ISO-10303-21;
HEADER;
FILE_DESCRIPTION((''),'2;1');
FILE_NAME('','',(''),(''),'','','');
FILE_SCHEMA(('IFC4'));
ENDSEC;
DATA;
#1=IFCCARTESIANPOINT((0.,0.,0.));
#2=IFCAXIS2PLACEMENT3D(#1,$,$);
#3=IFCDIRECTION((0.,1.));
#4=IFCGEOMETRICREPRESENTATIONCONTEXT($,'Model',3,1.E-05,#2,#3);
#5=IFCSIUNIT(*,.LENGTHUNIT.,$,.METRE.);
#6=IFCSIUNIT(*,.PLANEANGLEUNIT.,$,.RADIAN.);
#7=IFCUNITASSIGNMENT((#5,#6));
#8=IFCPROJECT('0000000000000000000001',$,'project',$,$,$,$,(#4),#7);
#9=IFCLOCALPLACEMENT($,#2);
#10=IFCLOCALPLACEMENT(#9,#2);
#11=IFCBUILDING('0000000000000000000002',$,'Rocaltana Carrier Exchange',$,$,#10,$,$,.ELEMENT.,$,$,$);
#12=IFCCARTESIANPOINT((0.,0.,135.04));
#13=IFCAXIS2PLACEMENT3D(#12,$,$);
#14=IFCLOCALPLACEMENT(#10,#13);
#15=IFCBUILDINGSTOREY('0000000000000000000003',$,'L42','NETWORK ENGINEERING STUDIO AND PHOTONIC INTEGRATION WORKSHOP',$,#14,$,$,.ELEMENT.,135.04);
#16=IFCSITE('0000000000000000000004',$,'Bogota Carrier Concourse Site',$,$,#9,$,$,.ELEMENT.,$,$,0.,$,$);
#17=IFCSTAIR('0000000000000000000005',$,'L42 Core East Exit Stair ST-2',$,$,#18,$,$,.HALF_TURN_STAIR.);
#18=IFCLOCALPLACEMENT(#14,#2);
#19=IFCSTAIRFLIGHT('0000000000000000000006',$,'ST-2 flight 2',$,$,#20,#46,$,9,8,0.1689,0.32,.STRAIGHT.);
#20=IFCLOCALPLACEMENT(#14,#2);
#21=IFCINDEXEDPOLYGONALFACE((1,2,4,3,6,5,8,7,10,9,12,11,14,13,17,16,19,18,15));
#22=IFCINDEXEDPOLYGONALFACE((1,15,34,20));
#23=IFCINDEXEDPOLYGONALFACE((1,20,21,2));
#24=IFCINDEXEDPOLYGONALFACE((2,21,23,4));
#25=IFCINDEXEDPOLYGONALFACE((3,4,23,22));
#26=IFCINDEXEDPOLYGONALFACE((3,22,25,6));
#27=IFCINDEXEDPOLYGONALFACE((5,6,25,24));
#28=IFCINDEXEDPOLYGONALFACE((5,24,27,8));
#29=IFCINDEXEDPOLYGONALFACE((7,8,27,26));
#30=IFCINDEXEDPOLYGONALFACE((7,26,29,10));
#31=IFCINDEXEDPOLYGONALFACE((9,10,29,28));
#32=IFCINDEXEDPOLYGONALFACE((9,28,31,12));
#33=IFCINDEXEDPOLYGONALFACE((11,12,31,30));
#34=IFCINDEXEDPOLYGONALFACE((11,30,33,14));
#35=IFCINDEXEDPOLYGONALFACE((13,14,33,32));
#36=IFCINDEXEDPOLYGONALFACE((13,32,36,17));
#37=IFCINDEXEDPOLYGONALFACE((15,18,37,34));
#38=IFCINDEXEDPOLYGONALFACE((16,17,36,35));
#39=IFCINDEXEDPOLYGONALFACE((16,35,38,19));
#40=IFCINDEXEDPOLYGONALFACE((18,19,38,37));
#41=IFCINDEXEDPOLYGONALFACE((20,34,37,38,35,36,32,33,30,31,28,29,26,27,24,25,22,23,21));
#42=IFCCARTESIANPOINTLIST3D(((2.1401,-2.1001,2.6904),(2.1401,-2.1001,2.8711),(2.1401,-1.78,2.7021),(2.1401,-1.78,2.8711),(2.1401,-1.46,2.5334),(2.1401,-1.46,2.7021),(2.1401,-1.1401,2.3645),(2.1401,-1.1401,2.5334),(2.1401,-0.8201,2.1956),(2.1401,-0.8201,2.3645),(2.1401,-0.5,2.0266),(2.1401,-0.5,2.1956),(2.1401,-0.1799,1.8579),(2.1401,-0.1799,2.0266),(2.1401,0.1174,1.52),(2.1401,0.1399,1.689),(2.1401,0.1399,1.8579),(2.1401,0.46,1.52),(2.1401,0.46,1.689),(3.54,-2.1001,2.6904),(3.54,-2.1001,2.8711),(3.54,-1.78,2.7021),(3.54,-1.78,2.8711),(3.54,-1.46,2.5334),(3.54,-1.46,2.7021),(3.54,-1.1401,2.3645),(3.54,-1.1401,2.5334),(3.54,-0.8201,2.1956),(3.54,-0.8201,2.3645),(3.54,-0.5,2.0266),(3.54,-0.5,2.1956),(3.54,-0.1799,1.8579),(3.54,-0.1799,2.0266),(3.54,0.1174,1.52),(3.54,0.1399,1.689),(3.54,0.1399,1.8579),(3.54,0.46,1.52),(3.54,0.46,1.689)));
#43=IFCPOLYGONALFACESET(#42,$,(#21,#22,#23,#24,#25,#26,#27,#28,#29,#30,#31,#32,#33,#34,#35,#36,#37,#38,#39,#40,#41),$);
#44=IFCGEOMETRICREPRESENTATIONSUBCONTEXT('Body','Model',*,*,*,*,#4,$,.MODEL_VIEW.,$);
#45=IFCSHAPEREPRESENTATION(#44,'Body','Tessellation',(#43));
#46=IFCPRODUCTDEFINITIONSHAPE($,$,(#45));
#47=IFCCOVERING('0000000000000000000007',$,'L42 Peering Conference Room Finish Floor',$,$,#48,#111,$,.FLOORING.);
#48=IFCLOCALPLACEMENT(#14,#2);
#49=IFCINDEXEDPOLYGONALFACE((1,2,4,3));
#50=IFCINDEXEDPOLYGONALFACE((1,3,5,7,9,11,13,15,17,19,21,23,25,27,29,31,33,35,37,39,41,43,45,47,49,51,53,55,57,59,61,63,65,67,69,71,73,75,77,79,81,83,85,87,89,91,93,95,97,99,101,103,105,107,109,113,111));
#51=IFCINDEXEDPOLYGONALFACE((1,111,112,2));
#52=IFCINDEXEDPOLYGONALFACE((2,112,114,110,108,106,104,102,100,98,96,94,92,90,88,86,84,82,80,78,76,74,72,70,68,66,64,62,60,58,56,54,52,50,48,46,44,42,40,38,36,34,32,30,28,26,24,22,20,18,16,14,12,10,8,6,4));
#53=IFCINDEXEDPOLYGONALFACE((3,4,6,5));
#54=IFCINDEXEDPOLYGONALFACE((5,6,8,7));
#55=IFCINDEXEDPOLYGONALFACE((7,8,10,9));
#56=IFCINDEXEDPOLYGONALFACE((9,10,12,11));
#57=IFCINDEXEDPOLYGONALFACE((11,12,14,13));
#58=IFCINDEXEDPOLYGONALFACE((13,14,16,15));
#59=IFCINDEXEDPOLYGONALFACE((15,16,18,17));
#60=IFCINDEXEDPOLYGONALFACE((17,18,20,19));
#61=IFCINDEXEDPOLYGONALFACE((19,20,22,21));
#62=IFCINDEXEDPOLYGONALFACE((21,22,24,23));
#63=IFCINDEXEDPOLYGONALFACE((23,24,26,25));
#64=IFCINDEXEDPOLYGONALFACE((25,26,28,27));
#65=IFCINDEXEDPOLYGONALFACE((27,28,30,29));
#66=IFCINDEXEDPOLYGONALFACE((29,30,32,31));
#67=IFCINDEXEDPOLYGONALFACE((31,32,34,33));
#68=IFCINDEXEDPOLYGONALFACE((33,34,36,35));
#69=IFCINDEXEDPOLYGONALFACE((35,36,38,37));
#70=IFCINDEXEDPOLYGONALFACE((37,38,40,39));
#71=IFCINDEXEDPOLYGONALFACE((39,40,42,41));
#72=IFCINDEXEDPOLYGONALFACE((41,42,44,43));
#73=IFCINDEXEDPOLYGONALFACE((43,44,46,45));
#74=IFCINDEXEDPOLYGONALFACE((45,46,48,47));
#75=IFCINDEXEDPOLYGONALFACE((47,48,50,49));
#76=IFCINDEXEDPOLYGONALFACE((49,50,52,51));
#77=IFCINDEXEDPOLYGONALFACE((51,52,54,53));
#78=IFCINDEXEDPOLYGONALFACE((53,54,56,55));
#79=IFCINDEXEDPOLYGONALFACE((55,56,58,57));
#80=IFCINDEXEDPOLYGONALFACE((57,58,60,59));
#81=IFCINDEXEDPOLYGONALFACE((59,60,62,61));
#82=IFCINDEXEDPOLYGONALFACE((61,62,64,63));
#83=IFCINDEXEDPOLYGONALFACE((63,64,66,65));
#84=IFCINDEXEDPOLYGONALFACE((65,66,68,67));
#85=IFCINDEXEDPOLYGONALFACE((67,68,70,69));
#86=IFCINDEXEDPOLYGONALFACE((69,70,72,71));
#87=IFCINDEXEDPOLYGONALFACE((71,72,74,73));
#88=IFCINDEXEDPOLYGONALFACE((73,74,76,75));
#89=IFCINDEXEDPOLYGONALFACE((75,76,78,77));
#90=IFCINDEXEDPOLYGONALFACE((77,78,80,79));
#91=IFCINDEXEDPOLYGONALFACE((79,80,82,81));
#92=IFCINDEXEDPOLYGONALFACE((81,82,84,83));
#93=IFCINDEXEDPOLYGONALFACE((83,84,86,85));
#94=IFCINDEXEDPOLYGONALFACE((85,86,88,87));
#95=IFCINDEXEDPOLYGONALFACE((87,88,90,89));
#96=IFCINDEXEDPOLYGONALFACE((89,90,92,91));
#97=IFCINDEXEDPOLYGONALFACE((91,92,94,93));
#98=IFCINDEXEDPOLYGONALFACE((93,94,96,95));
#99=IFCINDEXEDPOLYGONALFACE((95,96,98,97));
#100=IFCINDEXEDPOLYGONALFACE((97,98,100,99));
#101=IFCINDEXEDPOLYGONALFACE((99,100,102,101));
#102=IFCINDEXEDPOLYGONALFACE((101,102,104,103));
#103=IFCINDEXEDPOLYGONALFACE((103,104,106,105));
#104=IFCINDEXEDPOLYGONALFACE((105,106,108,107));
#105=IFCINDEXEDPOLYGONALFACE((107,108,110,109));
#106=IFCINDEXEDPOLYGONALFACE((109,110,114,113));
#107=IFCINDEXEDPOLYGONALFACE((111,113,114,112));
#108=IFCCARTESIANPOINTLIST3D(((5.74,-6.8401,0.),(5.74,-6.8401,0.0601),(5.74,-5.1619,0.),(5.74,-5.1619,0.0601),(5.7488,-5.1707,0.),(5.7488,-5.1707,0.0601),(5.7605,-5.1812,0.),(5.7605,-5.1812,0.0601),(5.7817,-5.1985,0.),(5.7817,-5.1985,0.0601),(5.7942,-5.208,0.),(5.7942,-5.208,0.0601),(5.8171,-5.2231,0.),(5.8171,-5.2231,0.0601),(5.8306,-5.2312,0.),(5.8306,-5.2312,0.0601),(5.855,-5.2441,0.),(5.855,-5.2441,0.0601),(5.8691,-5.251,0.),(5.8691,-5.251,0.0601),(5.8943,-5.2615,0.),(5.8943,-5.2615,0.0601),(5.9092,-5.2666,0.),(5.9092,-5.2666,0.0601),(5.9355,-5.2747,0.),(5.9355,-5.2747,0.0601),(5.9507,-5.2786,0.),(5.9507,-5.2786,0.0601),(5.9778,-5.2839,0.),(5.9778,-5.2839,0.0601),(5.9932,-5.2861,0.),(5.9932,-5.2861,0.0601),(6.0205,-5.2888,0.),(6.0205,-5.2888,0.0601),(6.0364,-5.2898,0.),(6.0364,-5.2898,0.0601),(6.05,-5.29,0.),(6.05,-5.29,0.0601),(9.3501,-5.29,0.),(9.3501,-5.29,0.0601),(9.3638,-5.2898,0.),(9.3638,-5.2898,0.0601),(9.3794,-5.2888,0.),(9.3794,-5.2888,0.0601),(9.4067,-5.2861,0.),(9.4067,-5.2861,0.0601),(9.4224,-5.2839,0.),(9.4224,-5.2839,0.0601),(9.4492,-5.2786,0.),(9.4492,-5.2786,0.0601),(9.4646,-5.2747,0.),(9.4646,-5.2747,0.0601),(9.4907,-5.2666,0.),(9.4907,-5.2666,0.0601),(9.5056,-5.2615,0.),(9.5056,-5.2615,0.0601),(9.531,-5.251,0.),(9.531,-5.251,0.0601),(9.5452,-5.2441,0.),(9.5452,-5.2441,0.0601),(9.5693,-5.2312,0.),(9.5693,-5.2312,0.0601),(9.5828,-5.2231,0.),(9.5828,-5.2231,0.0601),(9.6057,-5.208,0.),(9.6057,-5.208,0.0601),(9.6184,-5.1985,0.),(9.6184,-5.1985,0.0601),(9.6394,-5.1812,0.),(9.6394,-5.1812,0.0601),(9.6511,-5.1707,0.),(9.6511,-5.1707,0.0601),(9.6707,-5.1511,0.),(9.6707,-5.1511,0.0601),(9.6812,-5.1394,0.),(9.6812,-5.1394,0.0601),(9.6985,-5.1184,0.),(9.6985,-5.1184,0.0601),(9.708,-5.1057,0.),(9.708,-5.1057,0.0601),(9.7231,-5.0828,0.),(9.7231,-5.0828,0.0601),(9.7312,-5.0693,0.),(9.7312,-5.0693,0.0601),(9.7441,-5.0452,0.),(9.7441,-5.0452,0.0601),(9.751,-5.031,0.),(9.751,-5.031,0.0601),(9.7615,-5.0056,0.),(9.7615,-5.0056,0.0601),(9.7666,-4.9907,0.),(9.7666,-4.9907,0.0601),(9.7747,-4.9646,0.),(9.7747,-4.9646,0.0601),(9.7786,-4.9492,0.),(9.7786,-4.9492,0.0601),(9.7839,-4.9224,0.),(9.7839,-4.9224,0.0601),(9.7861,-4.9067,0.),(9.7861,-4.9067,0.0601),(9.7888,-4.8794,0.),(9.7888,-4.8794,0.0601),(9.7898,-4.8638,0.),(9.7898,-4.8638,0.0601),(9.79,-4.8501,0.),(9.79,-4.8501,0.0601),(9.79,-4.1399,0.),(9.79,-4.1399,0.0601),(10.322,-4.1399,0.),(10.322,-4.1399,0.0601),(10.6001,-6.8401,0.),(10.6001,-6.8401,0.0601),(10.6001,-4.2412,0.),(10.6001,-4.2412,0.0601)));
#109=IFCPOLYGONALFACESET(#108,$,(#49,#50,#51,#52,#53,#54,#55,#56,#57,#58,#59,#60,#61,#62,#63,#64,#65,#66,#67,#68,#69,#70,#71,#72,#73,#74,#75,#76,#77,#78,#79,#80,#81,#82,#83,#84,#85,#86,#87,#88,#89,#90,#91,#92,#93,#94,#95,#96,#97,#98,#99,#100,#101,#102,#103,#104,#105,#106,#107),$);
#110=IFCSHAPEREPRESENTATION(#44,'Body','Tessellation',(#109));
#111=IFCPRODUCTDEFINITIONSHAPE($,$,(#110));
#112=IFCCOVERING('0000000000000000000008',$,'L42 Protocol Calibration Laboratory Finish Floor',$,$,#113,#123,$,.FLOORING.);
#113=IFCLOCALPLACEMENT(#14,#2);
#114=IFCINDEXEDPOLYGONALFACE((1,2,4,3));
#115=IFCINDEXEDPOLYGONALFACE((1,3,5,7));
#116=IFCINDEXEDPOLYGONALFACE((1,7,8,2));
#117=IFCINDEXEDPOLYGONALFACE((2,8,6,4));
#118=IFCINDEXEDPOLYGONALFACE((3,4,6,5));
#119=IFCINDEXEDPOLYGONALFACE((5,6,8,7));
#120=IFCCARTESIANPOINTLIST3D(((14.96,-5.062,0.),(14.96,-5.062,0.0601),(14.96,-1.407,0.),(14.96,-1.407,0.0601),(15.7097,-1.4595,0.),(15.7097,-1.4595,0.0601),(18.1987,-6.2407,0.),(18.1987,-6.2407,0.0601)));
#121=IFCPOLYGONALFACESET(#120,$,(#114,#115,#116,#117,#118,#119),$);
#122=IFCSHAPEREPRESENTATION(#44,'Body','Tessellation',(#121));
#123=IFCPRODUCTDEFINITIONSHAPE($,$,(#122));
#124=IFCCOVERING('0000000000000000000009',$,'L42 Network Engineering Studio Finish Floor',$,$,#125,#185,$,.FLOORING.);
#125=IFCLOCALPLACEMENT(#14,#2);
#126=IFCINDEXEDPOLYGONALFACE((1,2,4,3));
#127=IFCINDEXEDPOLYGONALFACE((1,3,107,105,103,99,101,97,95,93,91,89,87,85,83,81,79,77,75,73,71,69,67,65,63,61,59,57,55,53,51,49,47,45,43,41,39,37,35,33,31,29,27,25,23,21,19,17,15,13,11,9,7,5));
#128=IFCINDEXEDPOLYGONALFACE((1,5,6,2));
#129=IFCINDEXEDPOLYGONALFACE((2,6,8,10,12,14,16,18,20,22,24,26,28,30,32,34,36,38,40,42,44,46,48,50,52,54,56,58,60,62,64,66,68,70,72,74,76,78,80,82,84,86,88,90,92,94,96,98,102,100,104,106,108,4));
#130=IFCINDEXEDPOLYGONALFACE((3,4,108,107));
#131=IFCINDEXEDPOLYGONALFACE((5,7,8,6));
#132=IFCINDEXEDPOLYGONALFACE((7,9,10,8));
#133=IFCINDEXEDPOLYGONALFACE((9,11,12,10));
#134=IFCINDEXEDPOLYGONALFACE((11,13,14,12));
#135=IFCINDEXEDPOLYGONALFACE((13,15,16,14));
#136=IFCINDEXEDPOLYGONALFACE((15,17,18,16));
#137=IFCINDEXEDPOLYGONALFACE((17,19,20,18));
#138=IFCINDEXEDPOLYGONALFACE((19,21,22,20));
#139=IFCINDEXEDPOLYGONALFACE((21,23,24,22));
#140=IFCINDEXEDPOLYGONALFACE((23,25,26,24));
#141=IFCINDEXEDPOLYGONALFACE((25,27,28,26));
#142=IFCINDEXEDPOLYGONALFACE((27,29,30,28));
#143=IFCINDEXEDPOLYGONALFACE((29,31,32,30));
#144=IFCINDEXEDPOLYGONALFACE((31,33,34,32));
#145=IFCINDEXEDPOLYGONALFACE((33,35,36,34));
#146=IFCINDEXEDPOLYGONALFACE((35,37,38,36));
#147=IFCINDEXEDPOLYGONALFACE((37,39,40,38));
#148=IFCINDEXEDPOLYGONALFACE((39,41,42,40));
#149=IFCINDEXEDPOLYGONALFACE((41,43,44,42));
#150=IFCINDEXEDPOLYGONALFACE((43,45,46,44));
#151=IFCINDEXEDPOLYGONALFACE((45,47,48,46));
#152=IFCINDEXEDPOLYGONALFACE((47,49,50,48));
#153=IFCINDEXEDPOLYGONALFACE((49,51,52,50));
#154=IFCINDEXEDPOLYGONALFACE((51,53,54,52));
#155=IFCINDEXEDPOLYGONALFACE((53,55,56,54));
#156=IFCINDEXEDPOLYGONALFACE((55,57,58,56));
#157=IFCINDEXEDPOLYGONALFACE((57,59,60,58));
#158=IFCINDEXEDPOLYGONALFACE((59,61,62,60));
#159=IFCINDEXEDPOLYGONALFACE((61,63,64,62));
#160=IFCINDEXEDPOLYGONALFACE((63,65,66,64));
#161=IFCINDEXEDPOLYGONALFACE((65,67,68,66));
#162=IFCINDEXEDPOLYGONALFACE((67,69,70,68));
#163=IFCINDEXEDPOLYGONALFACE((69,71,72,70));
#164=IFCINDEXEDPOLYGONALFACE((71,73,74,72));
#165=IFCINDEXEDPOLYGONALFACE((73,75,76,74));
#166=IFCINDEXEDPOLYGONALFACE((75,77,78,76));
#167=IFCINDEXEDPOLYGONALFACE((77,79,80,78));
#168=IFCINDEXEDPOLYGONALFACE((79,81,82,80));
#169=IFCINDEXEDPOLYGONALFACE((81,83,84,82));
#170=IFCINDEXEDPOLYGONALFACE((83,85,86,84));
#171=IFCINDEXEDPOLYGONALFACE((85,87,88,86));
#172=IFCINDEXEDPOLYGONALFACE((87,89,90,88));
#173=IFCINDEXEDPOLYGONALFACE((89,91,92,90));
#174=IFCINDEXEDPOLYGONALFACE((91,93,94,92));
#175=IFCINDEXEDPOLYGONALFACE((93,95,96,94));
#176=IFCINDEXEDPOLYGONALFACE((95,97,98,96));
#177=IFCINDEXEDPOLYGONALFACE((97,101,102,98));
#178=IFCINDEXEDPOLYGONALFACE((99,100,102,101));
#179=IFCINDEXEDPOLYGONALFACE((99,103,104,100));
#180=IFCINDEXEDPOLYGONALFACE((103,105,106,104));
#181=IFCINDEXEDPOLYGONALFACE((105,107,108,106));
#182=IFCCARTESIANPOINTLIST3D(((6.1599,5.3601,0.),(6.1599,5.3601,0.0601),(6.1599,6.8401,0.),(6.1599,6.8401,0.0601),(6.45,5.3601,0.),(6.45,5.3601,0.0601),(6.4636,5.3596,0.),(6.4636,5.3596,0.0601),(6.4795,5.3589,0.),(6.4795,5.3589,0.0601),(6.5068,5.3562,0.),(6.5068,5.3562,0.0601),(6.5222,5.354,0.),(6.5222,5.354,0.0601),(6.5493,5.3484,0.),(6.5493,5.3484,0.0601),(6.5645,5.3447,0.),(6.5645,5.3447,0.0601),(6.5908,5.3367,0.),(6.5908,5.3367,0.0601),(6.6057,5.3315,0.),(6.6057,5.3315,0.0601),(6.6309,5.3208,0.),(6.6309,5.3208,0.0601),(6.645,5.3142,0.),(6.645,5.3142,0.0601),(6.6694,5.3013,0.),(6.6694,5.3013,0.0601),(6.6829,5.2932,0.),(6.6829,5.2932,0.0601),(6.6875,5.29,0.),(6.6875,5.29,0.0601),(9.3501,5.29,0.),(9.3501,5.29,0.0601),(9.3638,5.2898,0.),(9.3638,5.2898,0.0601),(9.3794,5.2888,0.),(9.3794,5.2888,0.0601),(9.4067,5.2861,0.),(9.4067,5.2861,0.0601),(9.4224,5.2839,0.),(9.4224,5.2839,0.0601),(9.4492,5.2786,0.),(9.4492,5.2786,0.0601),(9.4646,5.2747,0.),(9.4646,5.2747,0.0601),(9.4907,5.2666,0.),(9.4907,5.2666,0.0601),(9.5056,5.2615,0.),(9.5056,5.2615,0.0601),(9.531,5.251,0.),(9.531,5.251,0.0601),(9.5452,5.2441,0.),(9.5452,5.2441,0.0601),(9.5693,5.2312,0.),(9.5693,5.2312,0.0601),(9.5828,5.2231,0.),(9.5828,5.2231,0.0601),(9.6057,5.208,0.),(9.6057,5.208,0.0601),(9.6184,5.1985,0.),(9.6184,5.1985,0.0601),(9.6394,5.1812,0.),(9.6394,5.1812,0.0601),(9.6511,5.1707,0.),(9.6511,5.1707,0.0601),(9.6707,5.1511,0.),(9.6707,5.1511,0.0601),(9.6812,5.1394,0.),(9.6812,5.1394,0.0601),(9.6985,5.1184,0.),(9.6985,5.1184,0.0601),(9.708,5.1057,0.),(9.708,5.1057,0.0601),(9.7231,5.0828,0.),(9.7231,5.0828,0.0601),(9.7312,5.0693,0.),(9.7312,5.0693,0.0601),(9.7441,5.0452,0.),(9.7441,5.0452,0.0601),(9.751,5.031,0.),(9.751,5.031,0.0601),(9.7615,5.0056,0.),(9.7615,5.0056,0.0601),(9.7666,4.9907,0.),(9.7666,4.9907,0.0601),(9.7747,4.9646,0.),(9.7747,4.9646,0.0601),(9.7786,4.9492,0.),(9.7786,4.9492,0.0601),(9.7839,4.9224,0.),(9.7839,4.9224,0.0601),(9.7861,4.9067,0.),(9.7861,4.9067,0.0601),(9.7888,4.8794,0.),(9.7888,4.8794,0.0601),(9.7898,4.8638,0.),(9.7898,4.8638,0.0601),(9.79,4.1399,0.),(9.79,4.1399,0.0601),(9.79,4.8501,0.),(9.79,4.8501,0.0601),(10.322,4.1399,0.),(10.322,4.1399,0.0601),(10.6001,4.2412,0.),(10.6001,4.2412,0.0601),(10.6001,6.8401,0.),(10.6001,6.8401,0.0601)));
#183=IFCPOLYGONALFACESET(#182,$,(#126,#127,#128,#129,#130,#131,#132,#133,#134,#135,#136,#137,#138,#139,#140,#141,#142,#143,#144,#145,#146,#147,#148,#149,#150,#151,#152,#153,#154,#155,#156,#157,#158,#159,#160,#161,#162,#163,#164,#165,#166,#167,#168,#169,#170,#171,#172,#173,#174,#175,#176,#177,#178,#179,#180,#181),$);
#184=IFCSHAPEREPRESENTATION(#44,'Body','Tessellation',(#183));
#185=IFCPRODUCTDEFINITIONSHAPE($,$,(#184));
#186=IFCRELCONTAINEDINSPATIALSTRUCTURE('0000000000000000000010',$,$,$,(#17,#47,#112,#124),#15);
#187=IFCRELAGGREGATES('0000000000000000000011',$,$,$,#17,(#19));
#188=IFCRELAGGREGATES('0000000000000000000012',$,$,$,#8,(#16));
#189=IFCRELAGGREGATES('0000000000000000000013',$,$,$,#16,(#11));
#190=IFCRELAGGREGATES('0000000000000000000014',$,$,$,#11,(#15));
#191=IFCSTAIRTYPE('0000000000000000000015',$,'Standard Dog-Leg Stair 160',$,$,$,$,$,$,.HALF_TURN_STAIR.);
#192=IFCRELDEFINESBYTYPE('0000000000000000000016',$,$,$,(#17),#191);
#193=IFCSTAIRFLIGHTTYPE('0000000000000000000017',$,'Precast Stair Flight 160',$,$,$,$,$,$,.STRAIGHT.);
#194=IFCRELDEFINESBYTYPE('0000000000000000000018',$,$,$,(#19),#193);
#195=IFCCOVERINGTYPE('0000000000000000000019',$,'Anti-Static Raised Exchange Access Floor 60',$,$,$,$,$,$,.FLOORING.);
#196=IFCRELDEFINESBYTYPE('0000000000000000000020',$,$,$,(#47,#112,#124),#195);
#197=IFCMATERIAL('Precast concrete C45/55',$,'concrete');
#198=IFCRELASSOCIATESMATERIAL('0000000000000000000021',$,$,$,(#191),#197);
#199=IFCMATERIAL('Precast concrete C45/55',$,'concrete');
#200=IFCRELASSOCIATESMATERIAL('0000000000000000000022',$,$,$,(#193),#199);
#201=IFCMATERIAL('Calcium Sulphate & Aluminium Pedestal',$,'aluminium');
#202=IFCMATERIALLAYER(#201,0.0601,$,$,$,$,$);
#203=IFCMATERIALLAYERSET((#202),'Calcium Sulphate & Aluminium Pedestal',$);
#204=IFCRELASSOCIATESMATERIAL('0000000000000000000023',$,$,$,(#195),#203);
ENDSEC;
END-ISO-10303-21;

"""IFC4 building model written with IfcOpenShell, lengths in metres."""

from ifc_helpers import new_model, si_unit, direction, frame, origin, place, context, subcontext, project, spatial, polyline, outline, extrude, material, layer, layer_set, type_object, element, aggregate, save


model = new_model("IFC4")

# Units and contexts
model_context = context("Model", 3, precision=1e-05, world=origin(), true_north=direction((0.0, 1.0)))
body_context = subcontext(model_context, "Body", "Model", "MODEL_VIEW")
ifc_project = project(units=[si_unit("LENGTHUNIT", "METRE"), si_unit("PLANEANGLEUNIT", "RADIAN")], contexts=[model_context])

# Site, building, storey
site_placement = place(None, origin())
site = spatial("IfcSite", under=ifc_project, at=site_placement, Name="Bogota Carrier Concourse Site", CompositionType="ELEMENT", RefElevation=0.0)
building_placement = place(site_placement, origin())
building = spatial("IfcBuilding", under=site, at=building_placement, Name="Rocaltana Carrier Exchange", CompositionType="ELEMENT")
storey_placement = place(building_placement, frame((0.0, 0.0, 135.04)))
storey = spatial("IfcBuildingStorey", under=building, at=storey_placement, Name="L42", Description="NETWORK ENGINEERING STUDIO AND PHOTONIC INTEGRATION WORKSHOP", CompositionType="ELEMENT", Elevation=135.04)

# Stair, stair flight
ifc_material_1 = material(Name="Precast concrete C45/55", Category="concrete")
stair_type = type_object("IfcStairType", Name="Standard Dog-Leg Stair 160", PredefinedType="HALF_TURN_STAIR", material=ifc_material_1)
stair_placement = place(storey_placement, origin())
stair = element("IfcStair", 1, at=stair_placement, inside=storey, type_object=stair_type, Name="L42 Core East Exit Stair ST-2", PredefinedType="HALF_TURN_STAIR")
ifc_material_2 = material(Name="Precast concrete C45/55", Category="concrete")
stair_flight_type = type_object("IfcStairFlightType", Name="Precast Stair Flight 160", PredefinedType="STRAIGHT", material=ifc_material_2)
stair_flight_placement = place(storey_placement, frame((2.8401, 0.46, 1.52), z_axis=(0.0, 0.0, 1.0), x_axis=(0.0, -1.0, 0.0)))
stair_flight = element("IfcStairFlight", 2, at=stair_flight_placement, type_object=stair_flight_type, Name="ST-2 flight 2", NumberOfRisers=9, NumberOfTreads=8, PredefinedType="STRAIGHT", RiserHeight=0.1689, TreadLength=0.32, context=body_context, shape_type="SweptSolid", body=[
    extrude(outline(polyline([(0.0, 0.0), (0.0, 0.1689), (0.3201, 0.1689), (0.3201, 0.3379), (0.6399, 0.3379), (0.6399, 0.5066), (0.96, 0.5066), (0.96, 0.6755), (1.28, 0.6755), (1.28, 0.8445), (1.6001, 0.8445), (1.6001, 1.0134), (1.9199, 1.0134), (1.9199, 1.1821), (2.24, 1.1821), (2.24, 1.3511), (2.5601, 1.3511), (2.5601, 1.52), (2.5601, 1.1704), (0.3425, 0.0), (0.0, 0.0)])), frame((0.0, 0.7, 0.0), z_axis=(0.0, -1.0, 0.0), x_axis=(1.0, 0.0, 0.0)), (0.0, 0.0, 1.0), 1.3999),
])
aggregate(stair, [stair_flight])

# Coverings
ifc_material_3 = material(Name="Calcium Sulphate & Aluminium Pedestal", Category="aluminium")
ifc_layer_1 = layer(ifc_material_3, 0.0601)
ifc_layer_set_1 = layer_set([ifc_layer_1], Name="Calcium Sulphate & Aluminium Pedestal")
covering_type_1 = type_object("IfcCoveringType", Name="Anti-Static Raised Exchange Access Floor 60", PredefinedType="FLOORING", material=ifc_layer_set_1)
covering_1_placement = place(storey_placement, origin())
element("IfcCovering", 3, at=covering_1_placement, inside=storey, type_object=covering_type_1, Name="L42 Peering Conference Room Finish Floor", PredefinedType="FLOORING", context=body_context, shape_type="SweptSolid", body=[
    extrude(outline(polyline([(5.74, -6.8401), (5.74, -5.1619), (5.7488, -5.1707), (5.7605, -5.1812), (5.7817, -5.1985), (5.7942, -5.208), (5.8171, -5.2231), (5.8306, -5.2312), (5.855, -5.2441), (5.8691, -5.251), (5.8943, -5.2615), (5.9092, -5.2666), (5.9355, -5.2747), (5.9507, -5.2786), (5.9778, -5.2839), (5.9932, -5.2861), (6.0205, -5.2888), (6.0364, -5.2898), (6.05, -5.29), (9.3501, -5.29), (9.3638, -5.2898), (9.3794, -5.2888), (9.4067, -5.2861), (9.4224, -5.2839), (9.4492, -5.2786), (9.4646, -5.2747), (9.4907, -5.2666), (9.5056, -5.2615), (9.531, -5.251), (9.5452, -5.2441), (9.5693, -5.2312), (9.5828, -5.2231), (9.6057, -5.208), (9.6184, -5.1985), (9.6394, -5.1812), (9.6511, -5.1707), (9.6707, -5.1511), (9.6812, -5.1394), (9.6985, -5.1184), (9.708, -5.1057), (9.7231, -5.0828), (9.7312, -5.0693), (9.7441, -5.0452), (9.751, -5.031), (9.7615, -5.0056), (9.7666, -4.9907), (9.7747, -4.9646), (9.7786, -4.9492), (9.7839, -4.9224), (9.7861, -4.9067), (9.7888, -4.8794), (9.7898, -4.8638), (9.79, -4.8501), (9.79, -4.1399), (10.322, -4.1399), (10.6001, -4.2412), (10.6001, -6.8401), (5.74, -6.8401)])), origin(), (0.0, 0.0, 1.0), 0.0601),
])
covering_2_placement = place(storey_placement, origin())
element("IfcCovering", 4, at=covering_2_placement, inside=storey, type_object=covering_type_1, Name="L42 Protocol Calibration Laboratory Finish Floor", PredefinedType="FLOORING", context=body_context, shape_type="SweptSolid", body=[
    extrude(outline(polyline([(18.1987, -6.2407), (14.96, -5.062), (14.96, -1.407), (15.7097, -1.4595), (18.1987, -6.2407)])), origin(), (0.0, 0.0, 1.0), 0.0601),
])
covering_3_placement = place(storey_placement, origin())
element("IfcCovering", 5, at=covering_3_placement, inside=storey, type_object=covering_type_1, Name="L42 Network Engineering Studio Finish Floor", PredefinedType="FLOORING", context=body_context, shape_type="SweptSolid", body=[
    extrude(outline(polyline([(6.1599, 6.8401), (10.6001, 6.8401), (10.6001, 4.2412), (10.322, 4.1399), (9.79, 4.1399), (9.79, 4.8501), (9.7898, 4.8638), (9.7888, 4.8794), (9.7861, 4.9067), (9.7839, 4.9224), (9.7786, 4.9492), (9.7747, 4.9646), (9.7666, 4.9907), (9.7615, 5.0056), (9.751, 5.031), (9.7441, 5.0452), (9.7312, 5.0693), (9.7231, 5.0828), (9.708, 5.1057), (9.6985, 5.1184), (9.6812, 5.1394), (9.6707, 5.1511), (9.6511, 5.1707), (9.6394, 5.1812), (9.6184, 5.1985), (9.6057, 5.208), (9.5828, 5.2231), (9.5693, 5.2312), (9.5452, 5.2441), (9.531, 5.251), (9.5056, 5.2615), (9.4907, 5.2666), (9.4646, 5.2747), (9.4492, 5.2786), (9.4224, 5.2839), (9.4067, 5.2861), (9.3794, 5.2888), (9.3638, 5.2898), (9.3501, 5.29), (6.6875, 5.29), (6.6829, 5.2932), (6.6694, 5.3013), (6.645, 5.3142), (6.6309, 5.3208), (6.6057, 5.3315), (6.5908, 5.3367), (6.5645, 5.3447), (6.5493, 5.3484), (6.5222, 5.354), (6.5068, 5.3562), (6.4795, 5.3589), (6.4636, 5.3596), (6.45, 5.3601), (6.1599, 5.3601), (6.1599, 6.8401)])), origin(), (0.0, 0.0, 1.0), 0.0601),
])

save(model, "model.ifc")
